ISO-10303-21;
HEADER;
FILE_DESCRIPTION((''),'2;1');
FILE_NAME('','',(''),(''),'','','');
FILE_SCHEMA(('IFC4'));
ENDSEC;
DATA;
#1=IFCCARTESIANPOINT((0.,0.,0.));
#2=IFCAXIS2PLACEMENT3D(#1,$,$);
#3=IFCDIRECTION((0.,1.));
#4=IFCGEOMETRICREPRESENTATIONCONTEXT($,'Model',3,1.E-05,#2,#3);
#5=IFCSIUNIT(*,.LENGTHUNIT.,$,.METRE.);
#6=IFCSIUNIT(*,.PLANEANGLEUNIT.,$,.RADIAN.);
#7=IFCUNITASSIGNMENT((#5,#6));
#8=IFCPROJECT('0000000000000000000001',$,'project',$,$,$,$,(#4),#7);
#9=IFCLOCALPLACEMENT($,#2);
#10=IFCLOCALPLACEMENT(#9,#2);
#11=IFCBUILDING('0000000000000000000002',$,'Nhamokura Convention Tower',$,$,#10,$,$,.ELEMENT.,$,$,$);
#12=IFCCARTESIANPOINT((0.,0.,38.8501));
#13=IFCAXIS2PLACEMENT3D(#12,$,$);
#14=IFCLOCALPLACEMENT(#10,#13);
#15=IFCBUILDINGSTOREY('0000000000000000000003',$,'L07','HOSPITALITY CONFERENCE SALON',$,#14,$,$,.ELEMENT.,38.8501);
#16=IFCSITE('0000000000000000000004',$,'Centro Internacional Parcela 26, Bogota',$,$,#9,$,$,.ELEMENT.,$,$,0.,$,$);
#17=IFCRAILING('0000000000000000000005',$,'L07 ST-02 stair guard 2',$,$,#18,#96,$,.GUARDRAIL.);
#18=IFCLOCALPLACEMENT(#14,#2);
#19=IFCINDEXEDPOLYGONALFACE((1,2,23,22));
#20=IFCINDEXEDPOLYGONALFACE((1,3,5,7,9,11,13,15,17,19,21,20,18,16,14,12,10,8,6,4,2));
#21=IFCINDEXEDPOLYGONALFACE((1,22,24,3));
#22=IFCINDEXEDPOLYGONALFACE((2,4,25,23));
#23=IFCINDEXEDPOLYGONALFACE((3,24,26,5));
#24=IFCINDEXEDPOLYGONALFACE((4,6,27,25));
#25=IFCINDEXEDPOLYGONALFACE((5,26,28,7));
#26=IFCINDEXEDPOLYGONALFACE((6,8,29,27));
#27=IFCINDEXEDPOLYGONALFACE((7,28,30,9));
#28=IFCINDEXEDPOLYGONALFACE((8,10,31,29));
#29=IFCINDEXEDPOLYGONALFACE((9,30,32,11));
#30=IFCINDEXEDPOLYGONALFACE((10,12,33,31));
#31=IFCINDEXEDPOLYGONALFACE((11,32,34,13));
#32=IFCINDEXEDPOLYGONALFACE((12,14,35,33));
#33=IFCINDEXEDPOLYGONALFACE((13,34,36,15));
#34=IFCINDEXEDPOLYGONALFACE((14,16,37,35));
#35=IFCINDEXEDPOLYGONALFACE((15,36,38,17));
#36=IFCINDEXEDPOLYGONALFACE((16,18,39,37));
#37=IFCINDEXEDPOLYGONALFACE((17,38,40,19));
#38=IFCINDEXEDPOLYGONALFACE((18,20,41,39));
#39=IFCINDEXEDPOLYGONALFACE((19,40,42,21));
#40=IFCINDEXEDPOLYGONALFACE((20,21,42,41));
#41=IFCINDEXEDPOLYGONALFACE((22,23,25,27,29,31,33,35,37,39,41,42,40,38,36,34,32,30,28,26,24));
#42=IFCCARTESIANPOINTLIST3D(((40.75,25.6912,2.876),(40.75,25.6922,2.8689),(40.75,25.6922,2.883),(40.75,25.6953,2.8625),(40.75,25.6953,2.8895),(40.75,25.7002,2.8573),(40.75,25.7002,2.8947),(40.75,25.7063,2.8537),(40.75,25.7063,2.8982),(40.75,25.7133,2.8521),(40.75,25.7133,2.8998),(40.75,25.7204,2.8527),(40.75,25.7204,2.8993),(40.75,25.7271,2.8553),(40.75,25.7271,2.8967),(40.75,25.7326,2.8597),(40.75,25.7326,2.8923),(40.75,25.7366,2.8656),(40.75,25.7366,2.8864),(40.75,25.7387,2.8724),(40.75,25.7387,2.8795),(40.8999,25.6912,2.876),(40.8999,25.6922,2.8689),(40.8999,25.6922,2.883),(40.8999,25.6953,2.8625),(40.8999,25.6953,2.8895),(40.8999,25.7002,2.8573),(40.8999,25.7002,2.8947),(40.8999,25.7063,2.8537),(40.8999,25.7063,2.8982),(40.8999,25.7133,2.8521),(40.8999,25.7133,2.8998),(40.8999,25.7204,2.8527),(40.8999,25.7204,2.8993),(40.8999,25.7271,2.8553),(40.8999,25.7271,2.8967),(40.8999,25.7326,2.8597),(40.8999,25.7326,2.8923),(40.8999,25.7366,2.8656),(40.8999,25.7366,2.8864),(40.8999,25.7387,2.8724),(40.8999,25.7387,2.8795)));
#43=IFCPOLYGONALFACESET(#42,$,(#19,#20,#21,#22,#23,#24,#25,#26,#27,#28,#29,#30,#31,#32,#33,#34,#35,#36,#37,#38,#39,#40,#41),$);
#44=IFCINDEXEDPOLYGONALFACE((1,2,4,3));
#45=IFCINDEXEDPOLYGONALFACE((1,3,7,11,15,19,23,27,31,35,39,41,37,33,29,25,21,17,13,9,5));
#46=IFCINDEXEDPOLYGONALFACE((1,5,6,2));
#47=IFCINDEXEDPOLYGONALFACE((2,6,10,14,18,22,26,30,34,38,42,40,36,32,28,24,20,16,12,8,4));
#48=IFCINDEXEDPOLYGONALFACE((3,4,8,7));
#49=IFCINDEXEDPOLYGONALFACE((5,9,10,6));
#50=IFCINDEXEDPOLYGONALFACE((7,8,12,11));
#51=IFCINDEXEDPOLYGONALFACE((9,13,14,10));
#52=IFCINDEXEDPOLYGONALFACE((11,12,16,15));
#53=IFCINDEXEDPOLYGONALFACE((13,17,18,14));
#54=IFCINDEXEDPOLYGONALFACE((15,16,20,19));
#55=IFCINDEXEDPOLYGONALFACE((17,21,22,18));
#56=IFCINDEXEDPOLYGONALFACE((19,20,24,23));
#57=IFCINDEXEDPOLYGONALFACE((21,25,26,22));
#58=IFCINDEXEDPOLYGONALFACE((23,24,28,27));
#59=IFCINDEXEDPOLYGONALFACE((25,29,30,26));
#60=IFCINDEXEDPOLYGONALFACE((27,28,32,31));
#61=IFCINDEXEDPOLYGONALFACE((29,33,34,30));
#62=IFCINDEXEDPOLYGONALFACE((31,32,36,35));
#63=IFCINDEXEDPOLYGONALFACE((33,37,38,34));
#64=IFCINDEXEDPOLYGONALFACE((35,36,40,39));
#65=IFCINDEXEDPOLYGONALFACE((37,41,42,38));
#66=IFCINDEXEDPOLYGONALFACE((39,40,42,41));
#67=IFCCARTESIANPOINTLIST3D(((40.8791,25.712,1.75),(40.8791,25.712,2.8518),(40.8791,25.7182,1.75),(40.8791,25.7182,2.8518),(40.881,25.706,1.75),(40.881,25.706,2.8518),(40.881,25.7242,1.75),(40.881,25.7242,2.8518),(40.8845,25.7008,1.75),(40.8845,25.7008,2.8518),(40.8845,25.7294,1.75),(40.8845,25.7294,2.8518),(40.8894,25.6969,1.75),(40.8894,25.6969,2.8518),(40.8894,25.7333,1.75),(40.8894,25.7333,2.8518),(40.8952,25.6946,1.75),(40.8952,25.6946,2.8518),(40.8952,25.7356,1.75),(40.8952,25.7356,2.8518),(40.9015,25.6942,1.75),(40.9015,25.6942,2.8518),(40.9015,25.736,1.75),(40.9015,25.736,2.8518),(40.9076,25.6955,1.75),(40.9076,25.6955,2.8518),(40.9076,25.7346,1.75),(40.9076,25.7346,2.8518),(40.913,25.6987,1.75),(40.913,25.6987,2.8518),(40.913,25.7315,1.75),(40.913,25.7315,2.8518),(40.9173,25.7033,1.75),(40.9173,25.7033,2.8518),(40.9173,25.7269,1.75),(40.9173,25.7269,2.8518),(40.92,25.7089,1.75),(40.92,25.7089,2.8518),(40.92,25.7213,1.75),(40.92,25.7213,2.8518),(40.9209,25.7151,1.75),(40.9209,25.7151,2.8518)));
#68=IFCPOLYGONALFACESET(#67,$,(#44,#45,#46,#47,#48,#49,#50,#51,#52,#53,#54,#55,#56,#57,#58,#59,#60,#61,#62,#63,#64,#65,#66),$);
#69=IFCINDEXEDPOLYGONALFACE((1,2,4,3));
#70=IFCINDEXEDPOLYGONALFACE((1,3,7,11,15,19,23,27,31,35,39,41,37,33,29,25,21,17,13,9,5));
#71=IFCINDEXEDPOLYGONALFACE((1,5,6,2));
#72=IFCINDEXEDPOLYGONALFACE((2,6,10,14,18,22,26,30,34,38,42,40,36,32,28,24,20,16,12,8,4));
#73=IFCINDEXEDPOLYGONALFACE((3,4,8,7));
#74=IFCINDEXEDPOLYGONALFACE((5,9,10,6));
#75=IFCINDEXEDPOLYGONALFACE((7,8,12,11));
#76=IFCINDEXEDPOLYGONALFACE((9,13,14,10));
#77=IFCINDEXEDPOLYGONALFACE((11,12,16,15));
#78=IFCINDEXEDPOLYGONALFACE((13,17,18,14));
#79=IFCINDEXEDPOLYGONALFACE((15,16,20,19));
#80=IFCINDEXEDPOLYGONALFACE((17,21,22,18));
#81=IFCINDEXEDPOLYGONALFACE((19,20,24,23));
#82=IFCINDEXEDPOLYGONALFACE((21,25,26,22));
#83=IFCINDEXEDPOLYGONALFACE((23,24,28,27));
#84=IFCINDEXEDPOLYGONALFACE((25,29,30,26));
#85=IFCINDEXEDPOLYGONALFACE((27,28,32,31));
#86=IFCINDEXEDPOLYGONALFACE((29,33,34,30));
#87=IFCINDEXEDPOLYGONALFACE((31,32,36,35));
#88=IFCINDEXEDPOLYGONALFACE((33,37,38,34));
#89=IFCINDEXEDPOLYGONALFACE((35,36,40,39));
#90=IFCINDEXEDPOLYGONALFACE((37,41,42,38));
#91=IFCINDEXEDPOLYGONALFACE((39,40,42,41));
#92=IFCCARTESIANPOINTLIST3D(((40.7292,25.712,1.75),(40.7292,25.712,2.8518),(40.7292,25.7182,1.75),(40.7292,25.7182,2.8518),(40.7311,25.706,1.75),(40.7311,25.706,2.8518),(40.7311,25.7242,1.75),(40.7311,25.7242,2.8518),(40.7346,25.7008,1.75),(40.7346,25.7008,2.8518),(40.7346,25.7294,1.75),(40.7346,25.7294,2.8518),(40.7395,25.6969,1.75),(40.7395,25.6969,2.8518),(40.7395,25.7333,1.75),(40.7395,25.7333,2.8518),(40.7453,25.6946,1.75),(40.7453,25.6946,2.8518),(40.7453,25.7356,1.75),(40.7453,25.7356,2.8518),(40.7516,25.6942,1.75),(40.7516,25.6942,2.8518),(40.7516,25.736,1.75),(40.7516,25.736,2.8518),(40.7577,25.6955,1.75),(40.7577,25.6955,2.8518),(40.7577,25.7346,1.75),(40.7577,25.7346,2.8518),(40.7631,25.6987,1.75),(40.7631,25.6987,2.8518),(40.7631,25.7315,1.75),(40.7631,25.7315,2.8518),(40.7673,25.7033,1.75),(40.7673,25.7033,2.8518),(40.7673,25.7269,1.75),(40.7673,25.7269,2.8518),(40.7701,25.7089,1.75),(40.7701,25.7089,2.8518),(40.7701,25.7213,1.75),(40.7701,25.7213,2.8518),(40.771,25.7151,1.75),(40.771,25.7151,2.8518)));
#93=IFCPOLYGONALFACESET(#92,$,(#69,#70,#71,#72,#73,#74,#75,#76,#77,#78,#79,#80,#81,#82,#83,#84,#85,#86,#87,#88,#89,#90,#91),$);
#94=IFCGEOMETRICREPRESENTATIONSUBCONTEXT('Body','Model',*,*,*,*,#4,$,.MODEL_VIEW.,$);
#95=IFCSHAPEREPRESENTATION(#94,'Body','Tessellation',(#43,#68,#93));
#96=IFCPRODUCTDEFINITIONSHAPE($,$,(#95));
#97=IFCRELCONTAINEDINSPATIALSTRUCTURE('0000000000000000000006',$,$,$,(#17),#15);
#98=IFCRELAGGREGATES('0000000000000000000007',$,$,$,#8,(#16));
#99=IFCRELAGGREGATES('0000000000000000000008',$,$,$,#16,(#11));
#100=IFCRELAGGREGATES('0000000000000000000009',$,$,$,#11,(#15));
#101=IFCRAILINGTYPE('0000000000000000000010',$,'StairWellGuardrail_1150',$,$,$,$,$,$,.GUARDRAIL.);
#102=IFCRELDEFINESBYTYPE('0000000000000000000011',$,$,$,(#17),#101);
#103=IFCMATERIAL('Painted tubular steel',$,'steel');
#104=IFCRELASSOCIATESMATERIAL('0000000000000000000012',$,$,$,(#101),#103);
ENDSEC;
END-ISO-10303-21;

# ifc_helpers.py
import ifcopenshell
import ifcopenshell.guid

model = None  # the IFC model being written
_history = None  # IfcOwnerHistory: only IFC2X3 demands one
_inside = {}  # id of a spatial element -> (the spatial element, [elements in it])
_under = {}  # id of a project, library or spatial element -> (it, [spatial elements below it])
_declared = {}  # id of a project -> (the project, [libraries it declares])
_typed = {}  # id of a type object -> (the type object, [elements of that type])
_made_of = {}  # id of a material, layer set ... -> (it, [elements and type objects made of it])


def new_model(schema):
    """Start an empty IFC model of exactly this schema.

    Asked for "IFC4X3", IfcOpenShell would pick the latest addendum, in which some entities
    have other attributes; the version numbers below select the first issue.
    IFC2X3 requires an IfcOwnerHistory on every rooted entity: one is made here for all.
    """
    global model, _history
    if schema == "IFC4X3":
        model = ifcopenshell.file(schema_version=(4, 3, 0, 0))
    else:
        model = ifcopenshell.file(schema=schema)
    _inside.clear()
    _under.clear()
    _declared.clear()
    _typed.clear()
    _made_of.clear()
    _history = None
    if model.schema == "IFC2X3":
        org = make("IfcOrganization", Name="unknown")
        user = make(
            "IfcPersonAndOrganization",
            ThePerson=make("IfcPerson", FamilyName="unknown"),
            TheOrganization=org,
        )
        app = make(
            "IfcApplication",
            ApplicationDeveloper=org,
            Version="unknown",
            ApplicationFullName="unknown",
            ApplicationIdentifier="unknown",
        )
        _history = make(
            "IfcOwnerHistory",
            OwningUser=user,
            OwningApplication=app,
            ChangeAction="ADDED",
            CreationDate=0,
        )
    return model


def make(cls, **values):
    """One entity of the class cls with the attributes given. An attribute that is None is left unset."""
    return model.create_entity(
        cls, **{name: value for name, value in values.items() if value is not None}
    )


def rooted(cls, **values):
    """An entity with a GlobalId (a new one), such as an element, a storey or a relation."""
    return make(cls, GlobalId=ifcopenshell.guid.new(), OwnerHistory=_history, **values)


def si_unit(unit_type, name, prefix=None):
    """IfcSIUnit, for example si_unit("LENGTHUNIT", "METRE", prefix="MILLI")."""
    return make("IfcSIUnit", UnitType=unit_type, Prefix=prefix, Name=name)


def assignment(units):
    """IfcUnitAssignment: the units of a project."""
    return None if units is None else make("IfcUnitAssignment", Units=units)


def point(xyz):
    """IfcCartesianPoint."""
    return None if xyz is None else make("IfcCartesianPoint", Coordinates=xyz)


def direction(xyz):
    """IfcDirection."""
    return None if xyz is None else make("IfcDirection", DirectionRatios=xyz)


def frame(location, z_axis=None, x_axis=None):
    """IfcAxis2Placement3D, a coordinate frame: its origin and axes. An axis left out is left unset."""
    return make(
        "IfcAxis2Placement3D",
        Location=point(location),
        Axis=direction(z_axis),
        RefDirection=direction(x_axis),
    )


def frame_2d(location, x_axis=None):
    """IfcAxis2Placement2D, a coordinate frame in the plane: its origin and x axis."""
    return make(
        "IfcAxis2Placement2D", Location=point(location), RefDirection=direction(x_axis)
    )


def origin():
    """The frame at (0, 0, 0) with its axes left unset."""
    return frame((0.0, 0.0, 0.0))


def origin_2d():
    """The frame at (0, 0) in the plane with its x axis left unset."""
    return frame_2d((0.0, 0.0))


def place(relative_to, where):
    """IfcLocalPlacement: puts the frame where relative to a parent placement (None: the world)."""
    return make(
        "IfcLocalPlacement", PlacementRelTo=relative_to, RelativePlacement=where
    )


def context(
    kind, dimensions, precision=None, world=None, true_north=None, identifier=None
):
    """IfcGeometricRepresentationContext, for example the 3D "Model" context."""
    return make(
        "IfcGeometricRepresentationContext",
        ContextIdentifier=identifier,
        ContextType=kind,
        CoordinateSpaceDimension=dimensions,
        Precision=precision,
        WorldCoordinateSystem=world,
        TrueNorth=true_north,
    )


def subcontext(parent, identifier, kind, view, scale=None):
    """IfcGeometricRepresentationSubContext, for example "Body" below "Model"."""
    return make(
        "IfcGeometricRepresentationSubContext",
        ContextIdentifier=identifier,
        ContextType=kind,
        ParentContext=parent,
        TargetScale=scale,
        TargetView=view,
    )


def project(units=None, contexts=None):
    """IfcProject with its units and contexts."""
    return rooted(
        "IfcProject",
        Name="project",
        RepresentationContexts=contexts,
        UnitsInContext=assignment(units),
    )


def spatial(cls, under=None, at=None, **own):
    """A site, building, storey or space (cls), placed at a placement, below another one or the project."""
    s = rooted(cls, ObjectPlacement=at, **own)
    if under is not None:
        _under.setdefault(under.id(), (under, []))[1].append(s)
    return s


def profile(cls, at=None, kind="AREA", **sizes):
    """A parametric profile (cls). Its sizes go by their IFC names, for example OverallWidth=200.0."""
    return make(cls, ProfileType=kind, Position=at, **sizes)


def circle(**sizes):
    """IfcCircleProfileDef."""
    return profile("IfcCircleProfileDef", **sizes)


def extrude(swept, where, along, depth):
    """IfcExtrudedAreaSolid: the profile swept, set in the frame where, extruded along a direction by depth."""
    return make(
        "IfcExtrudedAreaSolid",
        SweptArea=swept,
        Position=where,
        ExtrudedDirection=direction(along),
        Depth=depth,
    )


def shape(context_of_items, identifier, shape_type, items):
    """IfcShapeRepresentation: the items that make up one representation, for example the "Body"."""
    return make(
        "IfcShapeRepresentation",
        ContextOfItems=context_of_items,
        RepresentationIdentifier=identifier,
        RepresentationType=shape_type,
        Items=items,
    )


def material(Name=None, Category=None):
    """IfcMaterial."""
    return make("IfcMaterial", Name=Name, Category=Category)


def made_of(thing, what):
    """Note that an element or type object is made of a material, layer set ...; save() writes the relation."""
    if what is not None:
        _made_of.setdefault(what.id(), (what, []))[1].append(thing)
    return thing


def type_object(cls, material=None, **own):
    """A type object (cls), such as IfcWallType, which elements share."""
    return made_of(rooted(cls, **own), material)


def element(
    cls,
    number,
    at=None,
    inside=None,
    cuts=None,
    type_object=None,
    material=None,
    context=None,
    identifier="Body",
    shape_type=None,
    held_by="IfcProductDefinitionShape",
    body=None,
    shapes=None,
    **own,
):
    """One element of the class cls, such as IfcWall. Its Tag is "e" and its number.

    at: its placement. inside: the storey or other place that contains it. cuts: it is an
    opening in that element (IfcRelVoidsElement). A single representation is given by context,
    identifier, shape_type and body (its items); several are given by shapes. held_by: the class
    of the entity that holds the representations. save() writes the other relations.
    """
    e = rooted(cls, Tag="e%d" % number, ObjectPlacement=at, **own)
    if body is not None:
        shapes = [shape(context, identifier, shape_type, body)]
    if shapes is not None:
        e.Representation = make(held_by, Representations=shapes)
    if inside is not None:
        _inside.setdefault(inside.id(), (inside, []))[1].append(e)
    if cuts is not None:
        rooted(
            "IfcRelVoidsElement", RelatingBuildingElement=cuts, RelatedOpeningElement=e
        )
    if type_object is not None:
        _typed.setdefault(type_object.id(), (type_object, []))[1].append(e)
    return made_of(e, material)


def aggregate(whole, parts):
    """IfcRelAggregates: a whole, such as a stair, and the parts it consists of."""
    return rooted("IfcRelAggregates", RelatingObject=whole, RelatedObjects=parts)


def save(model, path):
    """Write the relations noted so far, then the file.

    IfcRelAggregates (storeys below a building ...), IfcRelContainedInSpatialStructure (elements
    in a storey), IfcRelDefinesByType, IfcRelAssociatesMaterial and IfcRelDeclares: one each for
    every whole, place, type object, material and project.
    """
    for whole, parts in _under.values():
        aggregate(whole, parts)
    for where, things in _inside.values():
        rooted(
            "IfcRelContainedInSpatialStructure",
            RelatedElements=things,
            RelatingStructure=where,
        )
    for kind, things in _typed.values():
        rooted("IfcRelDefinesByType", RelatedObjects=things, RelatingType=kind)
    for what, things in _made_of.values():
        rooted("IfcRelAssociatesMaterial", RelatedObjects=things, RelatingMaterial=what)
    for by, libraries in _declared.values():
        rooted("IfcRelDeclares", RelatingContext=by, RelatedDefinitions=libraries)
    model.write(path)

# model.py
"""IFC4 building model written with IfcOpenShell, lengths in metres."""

from ifc_helpers import new_model, si_unit, direction, frame, origin, origin_2d, place, context, subcontext, project, spatial, circle, extrude, material, type_object, element, save


model = new_model("IFC4")

# Units and contexts
model_context = context("Model", 3, precision=1e-05, world=origin(), true_north=direction((0.0, 1.0)))
body_context = subcontext(model_context, "Body", "Model", "MODEL_VIEW")
ifc_project = project(units=[si_unit("LENGTHUNIT", "METRE"), si_unit("PLANEANGLEUNIT", "RADIAN")], contexts=[model_context])

# Site, building, storey
site_placement = place(None, origin())
site = spatial("IfcSite", under=ifc_project, at=site_placement, Name="Centro Internacional Parcela 26, Bogota", CompositionType="ELEMENT", RefElevation=0.0)
building_placement = place(site_placement, origin())
building = spatial("IfcBuilding", under=site, at=building_placement, Name="Nhamokura Convention Tower", CompositionType="ELEMENT")
storey_placement = place(building_placement, frame((0.0, 0.0, 38.8501)))
storey = spatial("IfcBuildingStorey", under=building, at=storey_placement, Name="L07", Description="HOSPITALITY CONFERENCE SALON", CompositionType="ELEMENT", Elevation=38.8501)

# Railing
ifc_material_1 = material(Name="Painted tubular steel", Category="steel")
railing_type_1 = type_object("IfcRailingType", Name="StairWellGuardrail_1150", PredefinedType="GUARDRAIL", material=ifc_material_1)
railing_1_placement = place(storey_placement, frame((40.8999, 25.7151, 1.75)))
element("IfcRailing", 1, at=railing_1_placement, inside=storey, type_object=railing_type_1, Name="L07 ST-02 stair guard 2", PredefinedType="GUARDRAIL", context=body_context, shape_type="SweptSolid", body=[
    extrude(circle(Radius=0.0239, at=origin_2d()), frame((0.0, 0.0, 1.126), z_axis=(-1.0, 0.0, 0.0), x_axis=(0.0, -1.0, 0.0)), (0.0, 0.0, 1.0), 0.1499),
    extrude(circle(Radius=0.021, at=origin_2d()), origin(), (0.0, 0.0, 1.0), 1.1018),
    extrude(circle(Radius=0.021, at=origin_2d()), frame((-0.1499, 0.0, 0.0)), (0.0, 0.0, 1.0), 1.1018),
])

save(model, "model.ifc")
